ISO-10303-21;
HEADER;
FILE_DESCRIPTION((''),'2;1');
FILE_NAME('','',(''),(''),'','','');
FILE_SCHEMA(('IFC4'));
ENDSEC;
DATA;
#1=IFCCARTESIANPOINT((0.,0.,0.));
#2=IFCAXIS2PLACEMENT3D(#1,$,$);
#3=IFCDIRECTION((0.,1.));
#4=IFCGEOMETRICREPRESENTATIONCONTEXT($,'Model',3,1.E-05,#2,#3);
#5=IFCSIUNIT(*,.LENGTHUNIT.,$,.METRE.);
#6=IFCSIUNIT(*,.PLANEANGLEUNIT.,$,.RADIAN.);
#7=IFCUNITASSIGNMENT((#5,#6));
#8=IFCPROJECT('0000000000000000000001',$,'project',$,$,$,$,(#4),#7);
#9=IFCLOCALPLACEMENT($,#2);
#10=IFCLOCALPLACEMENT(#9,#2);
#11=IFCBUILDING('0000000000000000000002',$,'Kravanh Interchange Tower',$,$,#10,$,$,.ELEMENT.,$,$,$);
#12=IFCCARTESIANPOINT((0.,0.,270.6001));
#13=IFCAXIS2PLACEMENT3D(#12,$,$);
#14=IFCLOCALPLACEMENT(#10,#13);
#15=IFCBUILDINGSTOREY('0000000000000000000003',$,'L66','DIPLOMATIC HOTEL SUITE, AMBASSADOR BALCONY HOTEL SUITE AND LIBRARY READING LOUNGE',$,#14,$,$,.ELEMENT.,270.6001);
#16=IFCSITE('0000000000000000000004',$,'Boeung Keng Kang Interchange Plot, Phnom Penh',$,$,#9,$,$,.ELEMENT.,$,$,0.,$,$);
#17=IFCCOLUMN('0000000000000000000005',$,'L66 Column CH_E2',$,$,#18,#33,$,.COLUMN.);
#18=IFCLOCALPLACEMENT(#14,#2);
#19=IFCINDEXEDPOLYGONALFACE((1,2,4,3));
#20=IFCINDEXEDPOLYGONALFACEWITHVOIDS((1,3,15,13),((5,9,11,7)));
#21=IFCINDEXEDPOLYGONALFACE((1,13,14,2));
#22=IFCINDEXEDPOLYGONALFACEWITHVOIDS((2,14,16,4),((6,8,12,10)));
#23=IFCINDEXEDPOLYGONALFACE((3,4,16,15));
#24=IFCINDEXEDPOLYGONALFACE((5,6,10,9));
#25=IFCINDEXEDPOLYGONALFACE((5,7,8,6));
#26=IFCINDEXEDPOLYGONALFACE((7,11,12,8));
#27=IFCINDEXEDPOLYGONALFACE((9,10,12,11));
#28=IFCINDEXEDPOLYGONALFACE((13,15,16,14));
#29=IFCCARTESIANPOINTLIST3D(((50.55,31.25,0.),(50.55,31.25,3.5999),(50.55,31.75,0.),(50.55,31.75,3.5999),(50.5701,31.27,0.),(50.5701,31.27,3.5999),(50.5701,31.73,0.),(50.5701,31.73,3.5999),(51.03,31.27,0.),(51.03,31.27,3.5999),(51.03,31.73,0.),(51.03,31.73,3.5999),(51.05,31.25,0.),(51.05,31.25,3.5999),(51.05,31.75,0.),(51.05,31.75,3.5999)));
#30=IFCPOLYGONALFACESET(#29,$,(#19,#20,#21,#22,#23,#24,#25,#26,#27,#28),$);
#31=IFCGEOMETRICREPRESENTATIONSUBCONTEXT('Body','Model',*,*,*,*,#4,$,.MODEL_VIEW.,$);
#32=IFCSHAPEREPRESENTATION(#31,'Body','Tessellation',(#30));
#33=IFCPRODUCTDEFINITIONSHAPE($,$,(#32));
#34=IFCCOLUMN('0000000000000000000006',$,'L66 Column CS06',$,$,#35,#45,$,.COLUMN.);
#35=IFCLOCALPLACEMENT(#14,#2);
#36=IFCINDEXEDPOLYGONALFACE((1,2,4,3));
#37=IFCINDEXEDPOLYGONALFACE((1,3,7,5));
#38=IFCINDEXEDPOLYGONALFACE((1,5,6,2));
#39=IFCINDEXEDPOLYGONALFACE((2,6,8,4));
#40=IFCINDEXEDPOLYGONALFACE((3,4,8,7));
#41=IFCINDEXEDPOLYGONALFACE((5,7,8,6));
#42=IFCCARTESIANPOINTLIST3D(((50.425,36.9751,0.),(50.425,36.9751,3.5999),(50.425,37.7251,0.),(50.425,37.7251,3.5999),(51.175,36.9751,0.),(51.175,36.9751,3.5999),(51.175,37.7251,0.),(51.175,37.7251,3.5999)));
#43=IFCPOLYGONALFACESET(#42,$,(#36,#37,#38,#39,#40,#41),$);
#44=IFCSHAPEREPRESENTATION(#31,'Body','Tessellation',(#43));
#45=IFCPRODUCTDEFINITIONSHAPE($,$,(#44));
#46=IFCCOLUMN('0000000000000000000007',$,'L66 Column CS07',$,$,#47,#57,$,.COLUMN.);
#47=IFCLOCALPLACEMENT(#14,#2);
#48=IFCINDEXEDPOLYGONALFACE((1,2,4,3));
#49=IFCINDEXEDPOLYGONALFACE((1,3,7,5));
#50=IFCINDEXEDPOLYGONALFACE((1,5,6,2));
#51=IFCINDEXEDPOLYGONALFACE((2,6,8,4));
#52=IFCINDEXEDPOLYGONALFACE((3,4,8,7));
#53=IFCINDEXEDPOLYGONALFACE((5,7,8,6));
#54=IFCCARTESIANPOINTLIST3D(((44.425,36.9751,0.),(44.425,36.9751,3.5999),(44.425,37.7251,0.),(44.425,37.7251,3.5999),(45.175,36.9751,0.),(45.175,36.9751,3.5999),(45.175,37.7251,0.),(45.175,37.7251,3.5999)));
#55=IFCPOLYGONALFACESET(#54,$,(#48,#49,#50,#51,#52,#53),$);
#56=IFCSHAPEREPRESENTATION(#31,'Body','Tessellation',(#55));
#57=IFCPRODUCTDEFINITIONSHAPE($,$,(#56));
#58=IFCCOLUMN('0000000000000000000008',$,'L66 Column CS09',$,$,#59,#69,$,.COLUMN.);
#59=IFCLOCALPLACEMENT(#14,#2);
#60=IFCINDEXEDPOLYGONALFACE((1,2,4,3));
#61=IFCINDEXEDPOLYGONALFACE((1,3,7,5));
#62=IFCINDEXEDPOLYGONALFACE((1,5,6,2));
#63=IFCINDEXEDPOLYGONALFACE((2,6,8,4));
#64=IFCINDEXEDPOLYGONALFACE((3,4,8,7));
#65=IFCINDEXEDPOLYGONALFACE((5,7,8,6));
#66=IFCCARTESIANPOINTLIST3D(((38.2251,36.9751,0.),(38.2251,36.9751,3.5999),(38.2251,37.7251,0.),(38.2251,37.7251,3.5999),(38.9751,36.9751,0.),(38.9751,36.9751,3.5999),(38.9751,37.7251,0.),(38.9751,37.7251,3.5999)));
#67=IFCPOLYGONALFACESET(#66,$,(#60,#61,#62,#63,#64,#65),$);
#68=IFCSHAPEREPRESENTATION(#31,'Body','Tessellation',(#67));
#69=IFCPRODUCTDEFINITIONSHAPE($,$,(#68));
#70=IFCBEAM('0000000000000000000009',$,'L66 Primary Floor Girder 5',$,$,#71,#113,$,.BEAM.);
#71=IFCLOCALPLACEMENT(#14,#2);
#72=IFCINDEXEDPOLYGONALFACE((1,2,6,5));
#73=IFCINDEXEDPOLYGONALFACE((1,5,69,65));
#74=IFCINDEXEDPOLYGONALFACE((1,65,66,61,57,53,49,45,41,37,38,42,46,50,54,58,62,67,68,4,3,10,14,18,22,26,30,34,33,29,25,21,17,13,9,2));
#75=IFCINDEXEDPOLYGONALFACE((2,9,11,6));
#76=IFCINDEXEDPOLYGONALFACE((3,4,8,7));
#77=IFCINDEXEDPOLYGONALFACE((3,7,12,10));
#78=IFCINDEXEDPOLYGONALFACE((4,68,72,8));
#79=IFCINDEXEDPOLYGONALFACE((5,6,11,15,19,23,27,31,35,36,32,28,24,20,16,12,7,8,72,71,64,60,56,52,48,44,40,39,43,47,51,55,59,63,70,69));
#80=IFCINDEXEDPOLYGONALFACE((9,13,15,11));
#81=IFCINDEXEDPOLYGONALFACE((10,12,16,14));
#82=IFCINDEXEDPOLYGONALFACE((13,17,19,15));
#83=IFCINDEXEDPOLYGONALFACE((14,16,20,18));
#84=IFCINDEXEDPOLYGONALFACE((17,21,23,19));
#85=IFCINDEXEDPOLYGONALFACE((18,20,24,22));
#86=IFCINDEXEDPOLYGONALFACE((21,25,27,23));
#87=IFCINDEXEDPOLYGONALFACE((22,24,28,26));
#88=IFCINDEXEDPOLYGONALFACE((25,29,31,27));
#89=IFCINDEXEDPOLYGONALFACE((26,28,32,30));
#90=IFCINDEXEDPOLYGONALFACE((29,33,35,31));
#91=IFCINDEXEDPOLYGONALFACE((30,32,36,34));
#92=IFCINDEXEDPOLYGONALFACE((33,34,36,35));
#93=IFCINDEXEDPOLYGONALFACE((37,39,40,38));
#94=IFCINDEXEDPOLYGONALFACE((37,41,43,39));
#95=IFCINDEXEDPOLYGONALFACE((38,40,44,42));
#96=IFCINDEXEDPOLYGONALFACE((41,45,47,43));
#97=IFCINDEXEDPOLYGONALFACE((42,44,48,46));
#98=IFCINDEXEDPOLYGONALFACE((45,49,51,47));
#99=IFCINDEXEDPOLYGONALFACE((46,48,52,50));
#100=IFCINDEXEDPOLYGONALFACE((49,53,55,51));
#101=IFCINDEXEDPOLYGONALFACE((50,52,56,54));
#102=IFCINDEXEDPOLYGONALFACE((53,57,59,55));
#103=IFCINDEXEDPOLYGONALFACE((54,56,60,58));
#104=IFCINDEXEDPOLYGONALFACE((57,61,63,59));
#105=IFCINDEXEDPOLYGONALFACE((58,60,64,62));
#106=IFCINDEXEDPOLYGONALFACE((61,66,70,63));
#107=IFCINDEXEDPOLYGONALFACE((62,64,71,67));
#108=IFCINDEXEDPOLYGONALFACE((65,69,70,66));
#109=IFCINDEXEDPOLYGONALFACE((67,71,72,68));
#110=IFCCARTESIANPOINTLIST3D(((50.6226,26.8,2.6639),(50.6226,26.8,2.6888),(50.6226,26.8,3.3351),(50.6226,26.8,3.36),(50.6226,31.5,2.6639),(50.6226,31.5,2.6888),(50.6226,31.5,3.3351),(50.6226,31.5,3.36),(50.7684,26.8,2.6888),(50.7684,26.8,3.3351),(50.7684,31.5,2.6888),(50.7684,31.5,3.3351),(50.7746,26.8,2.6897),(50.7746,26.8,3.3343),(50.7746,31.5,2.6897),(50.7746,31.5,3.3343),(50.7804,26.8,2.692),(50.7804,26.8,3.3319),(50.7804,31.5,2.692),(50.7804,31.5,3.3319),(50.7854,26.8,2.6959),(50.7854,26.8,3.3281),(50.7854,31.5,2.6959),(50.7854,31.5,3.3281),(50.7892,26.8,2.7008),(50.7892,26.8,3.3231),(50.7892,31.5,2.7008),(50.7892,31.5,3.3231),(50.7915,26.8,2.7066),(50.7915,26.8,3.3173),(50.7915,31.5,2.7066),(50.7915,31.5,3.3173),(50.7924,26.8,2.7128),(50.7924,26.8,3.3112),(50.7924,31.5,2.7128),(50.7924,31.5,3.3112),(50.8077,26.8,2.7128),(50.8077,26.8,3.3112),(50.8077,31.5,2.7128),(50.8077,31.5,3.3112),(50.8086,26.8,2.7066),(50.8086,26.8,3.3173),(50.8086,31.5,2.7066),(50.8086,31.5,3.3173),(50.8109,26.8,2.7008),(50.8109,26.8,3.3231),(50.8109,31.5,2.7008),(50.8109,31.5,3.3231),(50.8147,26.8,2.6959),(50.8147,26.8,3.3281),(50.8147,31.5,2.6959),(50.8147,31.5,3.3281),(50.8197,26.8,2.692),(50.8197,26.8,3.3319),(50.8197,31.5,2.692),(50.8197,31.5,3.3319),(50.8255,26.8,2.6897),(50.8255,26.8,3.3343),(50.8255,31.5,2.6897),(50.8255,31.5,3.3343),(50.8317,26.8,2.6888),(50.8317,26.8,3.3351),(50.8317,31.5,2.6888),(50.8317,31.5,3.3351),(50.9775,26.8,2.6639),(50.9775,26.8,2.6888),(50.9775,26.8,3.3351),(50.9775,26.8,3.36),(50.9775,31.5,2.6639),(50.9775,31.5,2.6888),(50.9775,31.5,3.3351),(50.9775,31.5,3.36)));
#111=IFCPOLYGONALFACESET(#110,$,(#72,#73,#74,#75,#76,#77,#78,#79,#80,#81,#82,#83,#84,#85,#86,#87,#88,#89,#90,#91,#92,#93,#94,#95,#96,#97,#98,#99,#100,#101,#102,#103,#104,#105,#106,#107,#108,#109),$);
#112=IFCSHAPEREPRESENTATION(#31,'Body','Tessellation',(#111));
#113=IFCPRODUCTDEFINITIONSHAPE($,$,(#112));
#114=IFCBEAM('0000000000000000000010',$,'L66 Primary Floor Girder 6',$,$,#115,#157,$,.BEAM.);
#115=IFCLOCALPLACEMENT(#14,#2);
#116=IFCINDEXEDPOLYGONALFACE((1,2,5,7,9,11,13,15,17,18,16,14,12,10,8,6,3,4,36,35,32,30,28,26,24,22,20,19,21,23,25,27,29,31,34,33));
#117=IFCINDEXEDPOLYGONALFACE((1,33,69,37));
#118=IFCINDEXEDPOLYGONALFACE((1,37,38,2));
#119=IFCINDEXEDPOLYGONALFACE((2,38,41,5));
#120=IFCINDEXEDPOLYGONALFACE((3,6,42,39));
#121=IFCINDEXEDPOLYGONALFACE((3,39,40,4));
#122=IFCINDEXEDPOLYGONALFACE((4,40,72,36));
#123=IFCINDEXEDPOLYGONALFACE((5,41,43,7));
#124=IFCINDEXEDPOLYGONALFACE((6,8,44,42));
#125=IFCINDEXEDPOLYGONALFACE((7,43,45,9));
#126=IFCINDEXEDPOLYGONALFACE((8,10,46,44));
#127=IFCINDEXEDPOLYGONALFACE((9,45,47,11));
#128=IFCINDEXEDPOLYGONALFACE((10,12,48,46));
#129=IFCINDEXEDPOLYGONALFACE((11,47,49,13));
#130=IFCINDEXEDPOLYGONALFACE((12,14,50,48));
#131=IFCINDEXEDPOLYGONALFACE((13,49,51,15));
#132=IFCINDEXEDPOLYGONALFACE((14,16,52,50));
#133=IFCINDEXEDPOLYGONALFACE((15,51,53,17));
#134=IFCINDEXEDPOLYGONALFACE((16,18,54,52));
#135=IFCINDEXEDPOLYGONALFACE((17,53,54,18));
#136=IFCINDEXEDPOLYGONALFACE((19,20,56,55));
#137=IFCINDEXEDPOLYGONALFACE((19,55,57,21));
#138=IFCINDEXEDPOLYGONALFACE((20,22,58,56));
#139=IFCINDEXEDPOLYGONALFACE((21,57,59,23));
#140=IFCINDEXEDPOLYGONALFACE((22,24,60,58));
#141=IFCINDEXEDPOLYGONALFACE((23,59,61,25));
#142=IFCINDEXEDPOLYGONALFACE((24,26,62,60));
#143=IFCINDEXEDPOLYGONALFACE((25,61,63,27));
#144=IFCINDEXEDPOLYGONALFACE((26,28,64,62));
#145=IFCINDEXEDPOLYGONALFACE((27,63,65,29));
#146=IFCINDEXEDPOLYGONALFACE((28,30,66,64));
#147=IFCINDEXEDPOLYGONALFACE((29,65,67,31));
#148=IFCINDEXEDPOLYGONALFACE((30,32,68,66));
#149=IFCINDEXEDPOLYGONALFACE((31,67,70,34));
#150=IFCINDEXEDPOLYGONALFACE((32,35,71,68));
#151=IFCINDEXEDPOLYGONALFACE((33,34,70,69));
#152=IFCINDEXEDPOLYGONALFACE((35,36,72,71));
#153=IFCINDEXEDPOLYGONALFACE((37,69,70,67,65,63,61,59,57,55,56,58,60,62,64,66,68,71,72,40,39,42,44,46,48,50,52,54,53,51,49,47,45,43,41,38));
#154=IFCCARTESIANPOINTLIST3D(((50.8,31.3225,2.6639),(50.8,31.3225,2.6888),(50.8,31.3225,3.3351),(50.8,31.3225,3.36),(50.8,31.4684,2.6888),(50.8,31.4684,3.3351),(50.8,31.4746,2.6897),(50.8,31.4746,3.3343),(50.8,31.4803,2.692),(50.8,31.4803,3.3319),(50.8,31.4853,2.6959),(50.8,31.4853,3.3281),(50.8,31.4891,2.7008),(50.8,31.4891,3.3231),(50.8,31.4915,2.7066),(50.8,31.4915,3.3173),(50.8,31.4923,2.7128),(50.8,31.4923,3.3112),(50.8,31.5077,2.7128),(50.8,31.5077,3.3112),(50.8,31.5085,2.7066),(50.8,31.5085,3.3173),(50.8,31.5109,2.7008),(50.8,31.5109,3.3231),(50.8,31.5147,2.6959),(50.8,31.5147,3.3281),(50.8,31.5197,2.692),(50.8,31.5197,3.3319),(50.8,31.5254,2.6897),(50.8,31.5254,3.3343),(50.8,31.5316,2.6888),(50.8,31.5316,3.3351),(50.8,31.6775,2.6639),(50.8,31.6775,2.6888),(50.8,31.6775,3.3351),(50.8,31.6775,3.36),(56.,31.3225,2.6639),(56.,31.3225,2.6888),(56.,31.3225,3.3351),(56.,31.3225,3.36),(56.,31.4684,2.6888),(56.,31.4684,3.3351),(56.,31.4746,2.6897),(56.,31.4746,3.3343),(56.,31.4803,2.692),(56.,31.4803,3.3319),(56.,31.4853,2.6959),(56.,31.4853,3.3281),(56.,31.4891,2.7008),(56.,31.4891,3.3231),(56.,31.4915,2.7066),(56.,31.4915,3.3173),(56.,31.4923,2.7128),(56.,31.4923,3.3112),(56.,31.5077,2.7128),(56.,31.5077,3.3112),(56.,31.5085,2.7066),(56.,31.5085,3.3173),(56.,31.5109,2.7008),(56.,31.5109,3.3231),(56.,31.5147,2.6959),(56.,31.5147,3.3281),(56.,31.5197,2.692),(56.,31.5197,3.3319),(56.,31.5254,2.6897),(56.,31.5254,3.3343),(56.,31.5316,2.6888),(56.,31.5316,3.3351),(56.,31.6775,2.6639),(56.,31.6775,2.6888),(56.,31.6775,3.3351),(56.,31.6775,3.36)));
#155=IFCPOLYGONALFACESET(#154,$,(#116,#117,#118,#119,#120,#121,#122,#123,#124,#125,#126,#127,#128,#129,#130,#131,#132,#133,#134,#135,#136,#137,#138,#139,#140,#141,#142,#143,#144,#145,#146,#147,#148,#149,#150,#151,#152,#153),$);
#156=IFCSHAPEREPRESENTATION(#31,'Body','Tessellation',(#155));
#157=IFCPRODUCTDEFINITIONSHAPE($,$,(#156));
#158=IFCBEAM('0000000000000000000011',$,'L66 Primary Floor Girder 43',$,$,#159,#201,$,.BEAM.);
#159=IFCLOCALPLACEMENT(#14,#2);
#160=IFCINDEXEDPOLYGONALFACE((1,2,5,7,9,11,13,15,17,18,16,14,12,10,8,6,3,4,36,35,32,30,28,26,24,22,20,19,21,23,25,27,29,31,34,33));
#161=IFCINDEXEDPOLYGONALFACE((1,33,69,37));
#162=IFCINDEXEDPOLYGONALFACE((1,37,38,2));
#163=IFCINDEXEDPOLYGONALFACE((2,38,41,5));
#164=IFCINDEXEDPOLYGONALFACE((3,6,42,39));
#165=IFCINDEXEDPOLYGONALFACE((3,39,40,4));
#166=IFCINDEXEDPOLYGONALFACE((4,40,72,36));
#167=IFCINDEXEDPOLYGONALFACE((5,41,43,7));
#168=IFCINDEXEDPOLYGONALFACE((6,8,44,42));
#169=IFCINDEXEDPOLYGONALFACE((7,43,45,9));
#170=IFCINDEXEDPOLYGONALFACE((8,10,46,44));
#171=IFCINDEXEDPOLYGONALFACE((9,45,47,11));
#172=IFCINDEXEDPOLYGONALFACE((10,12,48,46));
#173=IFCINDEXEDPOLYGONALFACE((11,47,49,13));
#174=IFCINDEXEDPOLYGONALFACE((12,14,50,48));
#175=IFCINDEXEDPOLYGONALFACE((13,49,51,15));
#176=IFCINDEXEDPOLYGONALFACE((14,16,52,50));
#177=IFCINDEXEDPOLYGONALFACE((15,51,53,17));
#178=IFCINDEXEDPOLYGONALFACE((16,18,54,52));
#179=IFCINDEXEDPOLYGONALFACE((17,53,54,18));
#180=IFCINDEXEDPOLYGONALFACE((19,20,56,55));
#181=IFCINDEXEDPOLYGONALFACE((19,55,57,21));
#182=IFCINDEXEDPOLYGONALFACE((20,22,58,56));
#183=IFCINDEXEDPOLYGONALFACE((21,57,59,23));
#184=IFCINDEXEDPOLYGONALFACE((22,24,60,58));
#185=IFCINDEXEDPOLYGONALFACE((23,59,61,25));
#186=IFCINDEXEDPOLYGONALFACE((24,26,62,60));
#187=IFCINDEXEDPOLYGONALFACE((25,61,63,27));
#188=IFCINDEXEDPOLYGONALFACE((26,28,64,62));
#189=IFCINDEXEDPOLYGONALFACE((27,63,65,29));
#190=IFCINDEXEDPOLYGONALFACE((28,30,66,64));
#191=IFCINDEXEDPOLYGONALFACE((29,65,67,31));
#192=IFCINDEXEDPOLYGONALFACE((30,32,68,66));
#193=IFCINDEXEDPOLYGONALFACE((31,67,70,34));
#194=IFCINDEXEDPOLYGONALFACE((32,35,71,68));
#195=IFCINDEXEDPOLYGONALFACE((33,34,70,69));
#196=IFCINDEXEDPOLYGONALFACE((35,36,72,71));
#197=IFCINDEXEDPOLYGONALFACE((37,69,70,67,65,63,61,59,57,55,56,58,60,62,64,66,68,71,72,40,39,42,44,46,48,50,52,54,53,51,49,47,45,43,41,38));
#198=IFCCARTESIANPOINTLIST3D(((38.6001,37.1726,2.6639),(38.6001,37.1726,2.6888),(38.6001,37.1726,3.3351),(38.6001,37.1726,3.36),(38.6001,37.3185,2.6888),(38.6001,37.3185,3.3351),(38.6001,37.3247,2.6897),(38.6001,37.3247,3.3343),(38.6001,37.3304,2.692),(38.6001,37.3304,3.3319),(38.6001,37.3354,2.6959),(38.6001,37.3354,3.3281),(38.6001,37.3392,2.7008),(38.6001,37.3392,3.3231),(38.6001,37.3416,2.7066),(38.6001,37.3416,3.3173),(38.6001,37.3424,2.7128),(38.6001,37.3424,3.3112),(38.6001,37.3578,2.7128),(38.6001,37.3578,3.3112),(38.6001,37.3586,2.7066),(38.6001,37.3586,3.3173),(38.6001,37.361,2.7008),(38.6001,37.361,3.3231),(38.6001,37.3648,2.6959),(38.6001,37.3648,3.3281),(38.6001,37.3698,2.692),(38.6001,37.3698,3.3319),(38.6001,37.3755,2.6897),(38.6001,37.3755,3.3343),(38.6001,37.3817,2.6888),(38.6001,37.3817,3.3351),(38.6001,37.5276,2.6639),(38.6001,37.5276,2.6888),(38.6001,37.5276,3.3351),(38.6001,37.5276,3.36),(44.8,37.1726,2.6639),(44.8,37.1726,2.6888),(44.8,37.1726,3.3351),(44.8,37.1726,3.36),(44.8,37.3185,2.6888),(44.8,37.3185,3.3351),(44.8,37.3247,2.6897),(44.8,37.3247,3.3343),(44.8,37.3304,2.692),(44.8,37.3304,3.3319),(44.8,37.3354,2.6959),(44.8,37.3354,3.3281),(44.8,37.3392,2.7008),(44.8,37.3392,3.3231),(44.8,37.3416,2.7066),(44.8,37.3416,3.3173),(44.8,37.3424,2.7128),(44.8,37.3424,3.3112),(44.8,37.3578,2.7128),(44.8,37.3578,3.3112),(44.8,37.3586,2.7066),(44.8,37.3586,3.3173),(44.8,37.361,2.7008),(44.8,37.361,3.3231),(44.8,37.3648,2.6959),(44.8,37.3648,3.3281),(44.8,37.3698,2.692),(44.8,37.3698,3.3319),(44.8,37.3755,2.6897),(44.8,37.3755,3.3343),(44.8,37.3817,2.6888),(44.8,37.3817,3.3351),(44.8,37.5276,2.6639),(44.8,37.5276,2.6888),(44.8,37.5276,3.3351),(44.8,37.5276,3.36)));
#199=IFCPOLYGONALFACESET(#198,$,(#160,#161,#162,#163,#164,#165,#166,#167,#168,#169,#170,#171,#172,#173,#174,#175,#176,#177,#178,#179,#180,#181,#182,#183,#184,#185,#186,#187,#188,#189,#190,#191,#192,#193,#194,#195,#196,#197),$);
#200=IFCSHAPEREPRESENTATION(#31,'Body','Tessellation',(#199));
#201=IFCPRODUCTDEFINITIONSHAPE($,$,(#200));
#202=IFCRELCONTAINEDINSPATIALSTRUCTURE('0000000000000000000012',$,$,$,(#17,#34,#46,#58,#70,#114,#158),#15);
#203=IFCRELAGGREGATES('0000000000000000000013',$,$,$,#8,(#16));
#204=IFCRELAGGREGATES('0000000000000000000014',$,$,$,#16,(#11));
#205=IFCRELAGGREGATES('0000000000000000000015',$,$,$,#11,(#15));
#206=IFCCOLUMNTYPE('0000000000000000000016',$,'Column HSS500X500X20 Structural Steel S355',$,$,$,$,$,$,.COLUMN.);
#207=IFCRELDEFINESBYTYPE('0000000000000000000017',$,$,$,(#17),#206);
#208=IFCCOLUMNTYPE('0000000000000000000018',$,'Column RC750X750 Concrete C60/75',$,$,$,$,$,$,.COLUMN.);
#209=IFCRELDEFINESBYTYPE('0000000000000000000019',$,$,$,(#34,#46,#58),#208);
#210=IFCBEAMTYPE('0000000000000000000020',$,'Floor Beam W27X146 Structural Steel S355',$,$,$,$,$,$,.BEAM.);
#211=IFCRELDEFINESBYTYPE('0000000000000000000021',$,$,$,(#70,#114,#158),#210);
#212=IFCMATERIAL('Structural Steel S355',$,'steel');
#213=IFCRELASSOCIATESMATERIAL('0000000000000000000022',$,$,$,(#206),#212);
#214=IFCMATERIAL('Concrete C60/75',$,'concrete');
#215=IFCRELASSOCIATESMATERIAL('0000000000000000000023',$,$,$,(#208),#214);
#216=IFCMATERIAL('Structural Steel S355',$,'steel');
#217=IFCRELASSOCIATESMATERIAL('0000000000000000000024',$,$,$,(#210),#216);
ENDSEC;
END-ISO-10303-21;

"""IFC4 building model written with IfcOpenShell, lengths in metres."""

from ifc_helpers import new_model, si_unit, direction, frame, origin, origin_2d, place, context, subcontext, project, spatial, rectangle, hollow_rectangle, i_section, extrude, material, material_profile, profile_set, type_object, element, save


model = new_model("IFC4")

# Units and contexts
model_context = context("Model", 3, precision=1e-05, world=origin(), true_north=direction((0.0, 1.0)))
body_context = subcontext(model_context, "Body", "Model", "MODEL_VIEW")
ifc_project = project(units=[si_unit("LENGTHUNIT", "METRE"), si_unit("PLANEANGLEUNIT", "RADIAN")], contexts=[model_context])

# Site, building, storey
site_placement = place(None, origin())
site = spatial("IfcSite", under=ifc_project, at=site_placement, Name="Boeung Keng Kang Interchange Plot, Phnom Penh", CompositionType="ELEMENT", RefElevation=0.0)
building_placement = place(site_placement, origin())
building = spatial("IfcBuilding", under=site, at=building_placement, Name="Kravanh Interchange Tower", CompositionType="ELEMENT")
storey_placement = place(building_placement, frame((0.0, 0.0, 270.6001)))
storey = spatial("IfcBuildingStorey", under=building, at=storey_placement, Name="L66", Description="DIPLOMATIC HOTEL SUITE, AMBASSADOR BALCONY HOTEL SUITE AND LIBRARY READING LOUNGE", CompositionType="ELEMENT", Elevation=270.6001)

# Columns
ifc_material_1 = material(Name="Structural Steel S355", Category="steel")
ifc_material_profile_1 = material_profile(ifc_material_1, hollow_rectangle(XDim=0.5, YDim=0.5, WallThickness=0.02, at=origin_2d()), Name="HSS500X500X20")
ifc_profile_set_1 = profile_set([ifc_material_profile_1], Name="Structural Steel S355")
column_type_1 = type_object("IfcColumnType", Name="Column HSS500X500X20 Structural Steel S355", PredefinedType="COLUMN", material=ifc_profile_set_1)
column_placement = place(storey_placement, frame((50.8, 31.5, 0.0), z_axis=(0.0, 0.0, 1.0), x_axis=(1.0, 0.0, 0.0)))
element("IfcColumn", 1, at=column_placement, inside=storey, type_object=column_type_1, Name="L66 Column CH_E2", PredefinedType="COLUMN", context=body_context, shape_type="SweptSolid", body=[
    extrude(hollow_rectangle(XDim=0.5, YDim=0.5, WallThickness=0.02, at=origin_2d()), origin(), (0.0, 0.0, 1.0), 3.5999),
])
ifc_material_2 = material(Name="Concrete C60/75", Category="concrete")
ifc_material_profile_2 = material_profile(ifc_material_2, rectangle(XDim=0.75, YDim=0.75, at=origin_2d()), Name="RC750X750")
ifc_profile_set_2 = profile_set([ifc_material_profile_2], Name="Concrete C60/75")
column_type_2 = type_object("IfcColumnType", Name="Column RC750X750 Concrete C60/75", PredefinedType="COLUMN", material=ifc_profile_set_2)
for number, where, z_axis, x_axis, name in (
    (2, (50.8, 37.3501, 0.0), (0.0, 0.0, 1.0), (1.0, 0.0, 0.0), "L66 Column CS06"),
    (3, (44.8, 37.3501, 0.0), (0.0, 0.0, 1.0), (1.0, 0.0, 0.0), "L66 Column CS07"),
    (4, (38.6001, 37.3501, 0.0), (0.0, 0.0, 1.0), (1.0, 0.0, 0.0), "L66 Column CS09"),
):
    element("IfcColumn", number, at=place(storey_placement, frame(where, z_axis=z_axis, x_axis=x_axis)), inside=storey, type_object=column_type_2, Name=name, PredefinedType="COLUMN", context=body_context, shape_type="SweptSolid", body=[
        extrude(rectangle(XDim=0.75, YDim=0.75, at=origin_2d()), origin(), (0.0, 0.0, 1.0), 3.5999),
    ])

# Beams
ifc_material_3 = material(Name="Structural Steel S355", Category="steel")
ifc_material_profile_3 = material_profile(ifc_material_3, i_section(OverallWidth=0.355, OverallDepth=0.696, WebThickness=0.0154, FlangeThickness=0.0249, FilletRadius=0.0239, at=origin_2d()), Name="W27X146")
ifc_profile_set_3 = profile_set([ifc_material_profile_3], Name="Structural Steel S355")
beam_type_1 = type_object("IfcBeamType", Name="Floor Beam W27X146 Structural Steel S355", PredefinedType="BEAM", material=ifc_profile_set_3)
beam_1_placement = place(storey_placement, frame((50.8, 31.5, 3.012), z_axis=(0.0, -1.0, 0.0), x_axis=(1.0, 0.0, 0.0)))
element("IfcBeam", 5, at=beam_1_placement, inside=storey, type_object=beam_type_1, Name="L66 Primary Floor Girder 5", PredefinedType="BEAM", context=body_context, shape_type="SweptSolid", body=[
    extrude(i_section(OverallWidth=0.355, OverallDepth=0.696, WebThickness=0.0154, FlangeThickness=0.0249, FilletRadius=0.0239, at=origin_2d()), origin(), (0.0, 0.0, 1.0), 4.7),
])
beam_2_placement = place(storey_placement, frame((50.8, 31.5, 3.012), z_axis=(1.0, 0.0, 0.0), x_axis=(0.0, 1.0, 0.0)))
element("IfcBeam", 6, at=beam_2_placement, inside=storey, type_object=beam_type_1, Name="L66 Primary Floor Girder 6", PredefinedType="BEAM", context=body_context, shape_type="SweptSolid", body=[
    extrude(i_section(OverallWidth=0.355, OverallDepth=0.696, WebThickness=0.0154, FlangeThickness=0.0249, FilletRadius=0.0239, at=origin_2d()), origin(), (0.0, 0.0, 1.0), 5.2),
])
beam_3_placement = place(storey_placement, frame((44.8, 37.3501, 3.012), z_axis=(-1.0, 0.0, 0.0), x_axis=(0.0, -1.0, 0.0)))
element("IfcBeam", 7, at=beam_3_placement, inside=storey, type_object=beam_type_1, Name="L66 Primary Floor Girder 43", PredefinedType="BEAM", context=body_context, shape_type="SweptSolid", body=[
    extrude(i_section(OverallWidth=0.355, OverallDepth=0.696, WebThickness=0.0154, FlangeThickness=0.0249, FilletRadius=0.0239, at=origin_2d()), origin(), (0.0, 0.0, 1.0), 6.2),
])

save(model, "model.ifc")
